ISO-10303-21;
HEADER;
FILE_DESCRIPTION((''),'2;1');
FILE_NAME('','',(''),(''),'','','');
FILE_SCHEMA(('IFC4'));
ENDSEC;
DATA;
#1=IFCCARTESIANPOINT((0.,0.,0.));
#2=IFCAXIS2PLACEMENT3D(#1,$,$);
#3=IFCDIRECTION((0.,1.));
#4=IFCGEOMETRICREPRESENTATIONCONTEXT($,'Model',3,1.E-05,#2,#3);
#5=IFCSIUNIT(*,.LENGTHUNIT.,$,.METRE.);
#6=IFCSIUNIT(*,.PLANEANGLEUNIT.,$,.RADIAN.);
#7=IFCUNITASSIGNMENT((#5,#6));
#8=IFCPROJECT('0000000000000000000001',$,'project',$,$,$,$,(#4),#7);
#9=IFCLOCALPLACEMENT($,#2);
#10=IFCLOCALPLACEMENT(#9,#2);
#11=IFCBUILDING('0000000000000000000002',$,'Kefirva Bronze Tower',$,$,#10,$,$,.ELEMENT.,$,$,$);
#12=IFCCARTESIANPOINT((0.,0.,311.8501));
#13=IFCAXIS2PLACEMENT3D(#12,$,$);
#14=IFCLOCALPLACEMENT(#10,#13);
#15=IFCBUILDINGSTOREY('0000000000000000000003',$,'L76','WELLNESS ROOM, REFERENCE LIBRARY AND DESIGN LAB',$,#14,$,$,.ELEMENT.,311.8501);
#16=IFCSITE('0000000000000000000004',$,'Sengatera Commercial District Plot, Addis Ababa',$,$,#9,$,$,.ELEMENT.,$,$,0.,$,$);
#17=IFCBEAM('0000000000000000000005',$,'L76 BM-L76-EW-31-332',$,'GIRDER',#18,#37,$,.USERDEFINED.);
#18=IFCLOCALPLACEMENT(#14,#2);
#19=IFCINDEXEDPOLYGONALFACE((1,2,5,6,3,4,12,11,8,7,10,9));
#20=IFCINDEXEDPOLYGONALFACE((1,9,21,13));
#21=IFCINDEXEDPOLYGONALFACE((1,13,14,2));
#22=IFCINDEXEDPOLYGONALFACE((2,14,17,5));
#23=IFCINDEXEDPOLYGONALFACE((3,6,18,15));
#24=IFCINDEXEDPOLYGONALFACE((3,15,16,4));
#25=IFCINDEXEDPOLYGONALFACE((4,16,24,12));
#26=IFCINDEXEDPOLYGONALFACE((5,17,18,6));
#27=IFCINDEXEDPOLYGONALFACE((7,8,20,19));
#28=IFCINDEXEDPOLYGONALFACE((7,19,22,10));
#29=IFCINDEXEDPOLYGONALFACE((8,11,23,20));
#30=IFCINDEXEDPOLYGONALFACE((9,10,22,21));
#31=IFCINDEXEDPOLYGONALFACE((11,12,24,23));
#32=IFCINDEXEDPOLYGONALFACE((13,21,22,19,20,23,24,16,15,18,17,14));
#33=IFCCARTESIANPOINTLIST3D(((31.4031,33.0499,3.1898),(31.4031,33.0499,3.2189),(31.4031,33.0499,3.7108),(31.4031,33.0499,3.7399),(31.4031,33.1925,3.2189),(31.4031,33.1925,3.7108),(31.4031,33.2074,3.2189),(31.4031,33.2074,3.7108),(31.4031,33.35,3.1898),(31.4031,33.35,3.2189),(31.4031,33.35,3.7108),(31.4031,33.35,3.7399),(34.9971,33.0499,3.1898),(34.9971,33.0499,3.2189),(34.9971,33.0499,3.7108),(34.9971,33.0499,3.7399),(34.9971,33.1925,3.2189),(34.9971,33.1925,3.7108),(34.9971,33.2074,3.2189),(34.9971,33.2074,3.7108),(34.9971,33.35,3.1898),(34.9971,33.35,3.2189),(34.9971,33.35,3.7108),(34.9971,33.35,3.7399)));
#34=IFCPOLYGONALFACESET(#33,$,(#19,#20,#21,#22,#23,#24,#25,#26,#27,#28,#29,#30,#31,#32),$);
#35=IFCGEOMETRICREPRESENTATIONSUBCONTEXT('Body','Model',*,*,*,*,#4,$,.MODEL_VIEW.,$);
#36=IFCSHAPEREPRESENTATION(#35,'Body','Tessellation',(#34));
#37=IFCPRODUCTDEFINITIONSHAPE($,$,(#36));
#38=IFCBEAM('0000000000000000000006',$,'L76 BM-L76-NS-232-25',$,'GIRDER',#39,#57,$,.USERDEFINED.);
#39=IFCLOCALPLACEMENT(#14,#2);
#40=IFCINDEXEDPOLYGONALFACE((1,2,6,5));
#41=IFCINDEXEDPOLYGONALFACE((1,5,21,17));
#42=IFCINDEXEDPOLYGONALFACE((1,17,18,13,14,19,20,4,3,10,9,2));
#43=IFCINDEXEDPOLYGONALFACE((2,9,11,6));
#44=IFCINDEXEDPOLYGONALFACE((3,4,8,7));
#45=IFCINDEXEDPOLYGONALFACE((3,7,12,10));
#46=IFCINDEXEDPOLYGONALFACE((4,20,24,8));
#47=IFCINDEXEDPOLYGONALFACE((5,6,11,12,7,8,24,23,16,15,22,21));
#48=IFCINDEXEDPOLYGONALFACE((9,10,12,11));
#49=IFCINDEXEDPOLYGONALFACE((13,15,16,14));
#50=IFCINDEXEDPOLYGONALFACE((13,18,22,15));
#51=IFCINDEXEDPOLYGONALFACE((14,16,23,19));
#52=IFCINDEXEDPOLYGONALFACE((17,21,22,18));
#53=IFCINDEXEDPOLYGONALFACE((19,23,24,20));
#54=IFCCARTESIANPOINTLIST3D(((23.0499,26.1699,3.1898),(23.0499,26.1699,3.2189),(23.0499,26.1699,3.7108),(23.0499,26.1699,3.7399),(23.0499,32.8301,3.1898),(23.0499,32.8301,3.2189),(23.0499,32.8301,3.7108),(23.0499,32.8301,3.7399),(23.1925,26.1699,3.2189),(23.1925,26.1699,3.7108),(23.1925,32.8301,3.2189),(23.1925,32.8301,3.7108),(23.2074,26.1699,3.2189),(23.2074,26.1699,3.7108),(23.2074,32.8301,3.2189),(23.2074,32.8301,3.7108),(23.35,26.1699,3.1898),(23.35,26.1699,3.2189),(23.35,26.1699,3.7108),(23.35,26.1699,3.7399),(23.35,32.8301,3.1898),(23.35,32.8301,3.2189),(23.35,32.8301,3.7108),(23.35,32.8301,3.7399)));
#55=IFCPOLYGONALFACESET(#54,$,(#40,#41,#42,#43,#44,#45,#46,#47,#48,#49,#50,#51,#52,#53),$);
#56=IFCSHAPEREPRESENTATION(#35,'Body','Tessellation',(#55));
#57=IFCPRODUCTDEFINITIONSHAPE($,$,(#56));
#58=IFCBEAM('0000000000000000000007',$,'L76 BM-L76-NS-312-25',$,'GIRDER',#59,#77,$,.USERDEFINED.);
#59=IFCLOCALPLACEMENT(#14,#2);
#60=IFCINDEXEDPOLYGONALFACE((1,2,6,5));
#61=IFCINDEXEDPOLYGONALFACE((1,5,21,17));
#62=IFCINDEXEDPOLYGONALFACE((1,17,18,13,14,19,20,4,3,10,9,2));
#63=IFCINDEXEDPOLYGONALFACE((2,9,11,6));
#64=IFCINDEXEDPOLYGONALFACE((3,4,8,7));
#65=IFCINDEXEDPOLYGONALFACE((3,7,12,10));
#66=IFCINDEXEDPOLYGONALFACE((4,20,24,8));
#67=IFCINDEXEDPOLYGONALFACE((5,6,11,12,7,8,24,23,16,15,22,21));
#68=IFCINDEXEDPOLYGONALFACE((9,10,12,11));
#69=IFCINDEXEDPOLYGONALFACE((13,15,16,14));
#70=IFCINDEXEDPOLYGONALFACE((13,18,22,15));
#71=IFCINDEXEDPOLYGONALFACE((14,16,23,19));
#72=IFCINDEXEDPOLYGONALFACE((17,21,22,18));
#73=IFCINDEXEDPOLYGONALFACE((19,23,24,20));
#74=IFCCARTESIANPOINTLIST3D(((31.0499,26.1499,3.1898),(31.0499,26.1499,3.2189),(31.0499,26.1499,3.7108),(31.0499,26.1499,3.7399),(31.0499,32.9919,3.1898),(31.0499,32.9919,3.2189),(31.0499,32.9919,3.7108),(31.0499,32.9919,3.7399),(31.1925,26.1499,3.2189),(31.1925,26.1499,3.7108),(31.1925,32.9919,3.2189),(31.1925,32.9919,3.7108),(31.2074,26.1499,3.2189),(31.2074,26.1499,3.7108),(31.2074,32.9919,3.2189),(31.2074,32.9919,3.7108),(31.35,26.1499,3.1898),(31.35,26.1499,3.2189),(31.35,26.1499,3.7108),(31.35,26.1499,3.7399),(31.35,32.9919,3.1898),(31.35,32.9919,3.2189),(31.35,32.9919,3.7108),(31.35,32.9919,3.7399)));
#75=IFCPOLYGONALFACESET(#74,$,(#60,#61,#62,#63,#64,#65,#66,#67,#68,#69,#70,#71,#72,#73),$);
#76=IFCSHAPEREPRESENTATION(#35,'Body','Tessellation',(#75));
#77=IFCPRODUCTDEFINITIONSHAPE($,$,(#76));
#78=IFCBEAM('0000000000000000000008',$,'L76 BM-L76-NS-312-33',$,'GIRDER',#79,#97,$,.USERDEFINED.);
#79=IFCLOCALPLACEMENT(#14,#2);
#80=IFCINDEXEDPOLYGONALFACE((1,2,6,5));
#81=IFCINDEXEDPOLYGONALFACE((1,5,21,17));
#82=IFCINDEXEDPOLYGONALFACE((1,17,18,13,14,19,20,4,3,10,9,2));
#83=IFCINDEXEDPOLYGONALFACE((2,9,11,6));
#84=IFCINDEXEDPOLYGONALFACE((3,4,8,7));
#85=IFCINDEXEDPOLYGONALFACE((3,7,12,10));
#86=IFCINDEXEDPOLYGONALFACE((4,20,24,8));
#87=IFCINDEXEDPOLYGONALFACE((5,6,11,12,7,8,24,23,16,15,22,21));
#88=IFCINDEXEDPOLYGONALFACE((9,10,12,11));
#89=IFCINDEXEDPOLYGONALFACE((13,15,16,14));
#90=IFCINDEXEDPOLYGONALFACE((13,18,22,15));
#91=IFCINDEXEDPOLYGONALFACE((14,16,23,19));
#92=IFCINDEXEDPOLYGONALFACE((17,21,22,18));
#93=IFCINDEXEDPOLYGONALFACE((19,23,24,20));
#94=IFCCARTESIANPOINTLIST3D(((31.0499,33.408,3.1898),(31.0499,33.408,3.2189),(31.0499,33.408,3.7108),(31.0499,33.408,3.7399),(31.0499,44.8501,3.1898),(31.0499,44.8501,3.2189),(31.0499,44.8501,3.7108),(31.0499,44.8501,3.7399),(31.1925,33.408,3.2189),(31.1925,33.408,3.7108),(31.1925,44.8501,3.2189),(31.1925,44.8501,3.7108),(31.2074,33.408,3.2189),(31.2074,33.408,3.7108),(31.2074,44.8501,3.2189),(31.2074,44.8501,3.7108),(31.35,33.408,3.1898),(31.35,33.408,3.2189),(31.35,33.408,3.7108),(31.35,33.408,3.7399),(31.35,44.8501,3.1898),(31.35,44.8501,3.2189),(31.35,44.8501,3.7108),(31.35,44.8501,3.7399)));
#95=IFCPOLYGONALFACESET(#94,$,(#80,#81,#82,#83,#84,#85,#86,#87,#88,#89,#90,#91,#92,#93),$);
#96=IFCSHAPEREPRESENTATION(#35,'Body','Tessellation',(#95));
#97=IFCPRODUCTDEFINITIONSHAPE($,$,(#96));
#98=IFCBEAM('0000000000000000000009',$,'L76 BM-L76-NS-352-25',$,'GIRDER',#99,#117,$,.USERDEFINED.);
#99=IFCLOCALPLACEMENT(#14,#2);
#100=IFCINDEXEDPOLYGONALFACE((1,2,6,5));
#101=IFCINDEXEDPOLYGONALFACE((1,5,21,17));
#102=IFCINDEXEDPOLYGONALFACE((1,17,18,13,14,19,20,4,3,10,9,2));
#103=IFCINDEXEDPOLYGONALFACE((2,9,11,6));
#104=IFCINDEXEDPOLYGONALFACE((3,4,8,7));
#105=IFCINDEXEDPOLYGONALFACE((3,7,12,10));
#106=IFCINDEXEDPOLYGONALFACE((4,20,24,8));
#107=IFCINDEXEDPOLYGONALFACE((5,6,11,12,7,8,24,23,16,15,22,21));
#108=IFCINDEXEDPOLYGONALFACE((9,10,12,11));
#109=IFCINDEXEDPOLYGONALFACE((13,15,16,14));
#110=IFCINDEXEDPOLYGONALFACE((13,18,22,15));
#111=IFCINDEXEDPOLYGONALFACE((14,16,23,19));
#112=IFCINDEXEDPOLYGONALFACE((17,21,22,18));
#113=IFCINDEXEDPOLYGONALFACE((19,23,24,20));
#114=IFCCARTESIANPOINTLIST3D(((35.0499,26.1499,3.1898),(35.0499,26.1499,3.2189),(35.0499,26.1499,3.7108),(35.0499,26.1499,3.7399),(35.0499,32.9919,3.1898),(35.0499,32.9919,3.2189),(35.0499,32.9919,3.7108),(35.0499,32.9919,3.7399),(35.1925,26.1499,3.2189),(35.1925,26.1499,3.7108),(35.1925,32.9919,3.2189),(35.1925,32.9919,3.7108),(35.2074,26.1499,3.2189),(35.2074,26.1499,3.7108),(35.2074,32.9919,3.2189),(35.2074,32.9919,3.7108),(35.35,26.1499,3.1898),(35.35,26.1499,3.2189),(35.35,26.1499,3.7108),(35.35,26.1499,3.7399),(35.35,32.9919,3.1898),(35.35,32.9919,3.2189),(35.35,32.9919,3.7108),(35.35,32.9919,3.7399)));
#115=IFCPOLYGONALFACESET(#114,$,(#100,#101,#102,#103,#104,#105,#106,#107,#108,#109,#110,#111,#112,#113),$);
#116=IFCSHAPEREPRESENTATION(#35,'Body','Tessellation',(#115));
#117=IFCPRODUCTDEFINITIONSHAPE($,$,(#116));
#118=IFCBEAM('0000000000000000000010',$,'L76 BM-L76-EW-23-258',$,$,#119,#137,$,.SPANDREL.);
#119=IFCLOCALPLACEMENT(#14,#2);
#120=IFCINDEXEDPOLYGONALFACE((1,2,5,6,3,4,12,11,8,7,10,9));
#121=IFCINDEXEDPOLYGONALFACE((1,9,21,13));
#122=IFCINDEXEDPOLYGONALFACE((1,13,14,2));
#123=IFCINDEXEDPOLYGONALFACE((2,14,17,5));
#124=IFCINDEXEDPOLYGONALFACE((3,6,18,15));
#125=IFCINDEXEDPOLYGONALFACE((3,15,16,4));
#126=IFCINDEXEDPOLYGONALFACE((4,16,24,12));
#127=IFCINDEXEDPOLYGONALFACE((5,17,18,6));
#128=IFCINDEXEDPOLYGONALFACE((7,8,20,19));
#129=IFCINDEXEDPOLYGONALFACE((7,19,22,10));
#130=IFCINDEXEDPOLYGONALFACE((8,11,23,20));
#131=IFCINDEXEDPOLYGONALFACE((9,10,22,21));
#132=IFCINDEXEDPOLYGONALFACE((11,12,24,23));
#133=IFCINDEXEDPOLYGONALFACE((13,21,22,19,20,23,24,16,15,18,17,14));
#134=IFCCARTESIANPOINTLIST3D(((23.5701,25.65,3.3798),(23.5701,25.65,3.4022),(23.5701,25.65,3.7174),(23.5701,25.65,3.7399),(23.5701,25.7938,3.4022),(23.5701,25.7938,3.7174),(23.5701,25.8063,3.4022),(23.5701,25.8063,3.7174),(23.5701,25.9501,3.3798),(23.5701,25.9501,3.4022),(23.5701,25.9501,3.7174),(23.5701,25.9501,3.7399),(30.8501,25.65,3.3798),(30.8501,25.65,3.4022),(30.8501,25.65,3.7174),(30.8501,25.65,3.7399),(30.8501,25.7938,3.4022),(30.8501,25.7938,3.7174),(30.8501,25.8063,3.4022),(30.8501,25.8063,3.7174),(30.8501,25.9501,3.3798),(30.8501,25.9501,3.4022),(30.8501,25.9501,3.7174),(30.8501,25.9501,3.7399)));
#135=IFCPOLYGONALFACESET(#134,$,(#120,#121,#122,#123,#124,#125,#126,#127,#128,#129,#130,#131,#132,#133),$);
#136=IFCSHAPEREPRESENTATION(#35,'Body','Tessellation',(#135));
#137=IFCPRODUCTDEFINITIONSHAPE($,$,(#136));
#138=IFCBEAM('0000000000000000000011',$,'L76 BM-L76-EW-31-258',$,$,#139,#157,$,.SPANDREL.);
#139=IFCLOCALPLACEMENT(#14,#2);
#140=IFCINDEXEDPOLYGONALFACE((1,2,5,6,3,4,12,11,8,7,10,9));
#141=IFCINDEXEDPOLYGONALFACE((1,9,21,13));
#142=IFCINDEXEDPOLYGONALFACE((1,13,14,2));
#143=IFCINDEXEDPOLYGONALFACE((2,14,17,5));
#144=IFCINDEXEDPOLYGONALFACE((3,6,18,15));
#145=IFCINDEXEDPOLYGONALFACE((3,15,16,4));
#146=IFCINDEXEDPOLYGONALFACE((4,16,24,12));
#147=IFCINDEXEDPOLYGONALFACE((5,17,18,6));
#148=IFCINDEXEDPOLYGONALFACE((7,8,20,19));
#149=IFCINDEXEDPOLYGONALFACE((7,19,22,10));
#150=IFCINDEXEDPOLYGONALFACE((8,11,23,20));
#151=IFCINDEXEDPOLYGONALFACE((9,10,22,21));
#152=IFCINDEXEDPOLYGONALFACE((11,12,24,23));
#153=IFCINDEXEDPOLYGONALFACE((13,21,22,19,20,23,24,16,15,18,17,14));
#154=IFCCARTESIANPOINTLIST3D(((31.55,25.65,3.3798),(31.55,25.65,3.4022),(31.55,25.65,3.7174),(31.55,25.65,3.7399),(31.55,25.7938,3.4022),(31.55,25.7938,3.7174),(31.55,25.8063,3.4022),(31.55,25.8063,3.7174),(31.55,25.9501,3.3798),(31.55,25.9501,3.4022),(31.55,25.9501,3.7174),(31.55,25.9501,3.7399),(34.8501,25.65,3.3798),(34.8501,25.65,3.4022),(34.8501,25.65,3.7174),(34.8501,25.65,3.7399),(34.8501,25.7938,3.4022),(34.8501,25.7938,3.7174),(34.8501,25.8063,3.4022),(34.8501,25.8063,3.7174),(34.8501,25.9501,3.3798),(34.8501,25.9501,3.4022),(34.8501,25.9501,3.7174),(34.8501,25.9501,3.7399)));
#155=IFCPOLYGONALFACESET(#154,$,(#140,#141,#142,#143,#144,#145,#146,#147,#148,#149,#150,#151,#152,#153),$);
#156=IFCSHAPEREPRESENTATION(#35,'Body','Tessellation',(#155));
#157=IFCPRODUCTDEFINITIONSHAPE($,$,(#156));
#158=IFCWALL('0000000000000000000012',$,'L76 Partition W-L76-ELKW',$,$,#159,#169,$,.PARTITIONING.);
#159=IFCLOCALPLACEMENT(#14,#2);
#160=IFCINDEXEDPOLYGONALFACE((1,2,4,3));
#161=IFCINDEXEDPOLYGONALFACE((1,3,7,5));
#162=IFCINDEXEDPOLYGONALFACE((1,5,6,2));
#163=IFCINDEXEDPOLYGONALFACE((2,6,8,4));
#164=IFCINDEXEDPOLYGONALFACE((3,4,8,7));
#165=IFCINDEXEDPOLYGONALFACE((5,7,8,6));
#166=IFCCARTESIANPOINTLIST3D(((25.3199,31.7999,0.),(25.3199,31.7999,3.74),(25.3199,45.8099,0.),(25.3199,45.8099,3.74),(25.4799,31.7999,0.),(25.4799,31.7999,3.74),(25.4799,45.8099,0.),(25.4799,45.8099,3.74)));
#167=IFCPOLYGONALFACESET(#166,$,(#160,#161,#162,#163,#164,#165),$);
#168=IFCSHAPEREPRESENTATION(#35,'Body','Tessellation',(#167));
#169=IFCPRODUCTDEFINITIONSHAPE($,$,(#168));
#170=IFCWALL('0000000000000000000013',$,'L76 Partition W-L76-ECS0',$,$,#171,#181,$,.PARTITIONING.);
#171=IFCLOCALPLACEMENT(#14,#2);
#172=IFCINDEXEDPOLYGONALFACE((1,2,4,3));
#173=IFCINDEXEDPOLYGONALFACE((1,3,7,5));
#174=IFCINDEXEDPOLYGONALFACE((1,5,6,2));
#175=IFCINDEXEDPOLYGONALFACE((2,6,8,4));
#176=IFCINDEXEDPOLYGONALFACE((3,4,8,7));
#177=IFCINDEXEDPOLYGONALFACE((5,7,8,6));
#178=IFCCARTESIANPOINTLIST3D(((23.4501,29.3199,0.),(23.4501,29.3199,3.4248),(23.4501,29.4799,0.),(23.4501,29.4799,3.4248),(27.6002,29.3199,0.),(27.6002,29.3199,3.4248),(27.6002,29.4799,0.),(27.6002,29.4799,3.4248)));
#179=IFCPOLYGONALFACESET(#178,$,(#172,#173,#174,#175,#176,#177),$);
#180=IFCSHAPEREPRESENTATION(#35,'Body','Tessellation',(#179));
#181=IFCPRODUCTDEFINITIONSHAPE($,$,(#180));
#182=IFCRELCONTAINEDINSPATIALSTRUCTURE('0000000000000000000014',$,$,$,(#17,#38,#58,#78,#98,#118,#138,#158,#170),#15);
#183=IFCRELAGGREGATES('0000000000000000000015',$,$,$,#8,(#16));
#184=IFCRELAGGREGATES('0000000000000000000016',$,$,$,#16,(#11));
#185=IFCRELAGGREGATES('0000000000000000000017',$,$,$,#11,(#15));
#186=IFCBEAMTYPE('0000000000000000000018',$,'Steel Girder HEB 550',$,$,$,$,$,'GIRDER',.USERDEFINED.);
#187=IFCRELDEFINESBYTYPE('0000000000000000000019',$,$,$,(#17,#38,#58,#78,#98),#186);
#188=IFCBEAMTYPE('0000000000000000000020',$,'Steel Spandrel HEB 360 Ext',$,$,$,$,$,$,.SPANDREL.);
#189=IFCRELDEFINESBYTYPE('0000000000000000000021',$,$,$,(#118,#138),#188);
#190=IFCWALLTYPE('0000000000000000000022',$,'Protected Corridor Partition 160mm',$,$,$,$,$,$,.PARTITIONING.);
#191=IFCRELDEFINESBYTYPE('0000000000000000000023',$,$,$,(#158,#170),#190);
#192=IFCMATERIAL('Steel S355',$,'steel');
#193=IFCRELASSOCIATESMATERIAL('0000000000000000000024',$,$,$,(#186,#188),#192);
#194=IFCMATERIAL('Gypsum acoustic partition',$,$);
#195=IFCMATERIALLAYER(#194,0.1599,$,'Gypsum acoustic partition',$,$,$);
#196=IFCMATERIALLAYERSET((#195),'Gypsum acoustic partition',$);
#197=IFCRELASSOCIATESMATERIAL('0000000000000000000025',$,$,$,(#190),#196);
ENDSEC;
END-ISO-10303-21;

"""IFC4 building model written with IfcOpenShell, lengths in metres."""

from ifc_helpers import new_model, si_unit, direction, frame, frame_2d, origin, origin_2d, place, context, subcontext, project, spatial, rectangle, i_section, extrude, material, layer, layer_set, material_profile, profile_set, type_object, element, save


model = new_model("IFC4")

# Units and contexts
model_context = context("Model", 3, precision=1e-05, world=origin(), true_north=direction((0.0, 1.0)))
body_context = subcontext(model_context, "Body", "Model", "MODEL_VIEW")
ifc_project = project(units=[si_unit("LENGTHUNIT", "METRE"), si_unit("PLANEANGLEUNIT", "RADIAN")], contexts=[model_context])

# Site, building, storey
site_placement = place(None, origin())
site = spatial("IfcSite", under=ifc_project, at=site_placement, Name="Sengatera Commercial District Plot, Addis Ababa", CompositionType="ELEMENT", RefElevation=0.0)
building_placement = place(site_placement, origin())
building = spatial("IfcBuilding", under=site, at=building_placement, Name="Kefirva Bronze Tower", CompositionType="ELEMENT")
storey_placement = place(building_placement, frame((0.0, 0.0, 311.8501)))
storey = spatial("IfcBuildingStorey", under=building, at=storey_placement, Name="L76", Description="WELLNESS ROOM, REFERENCE LIBRARY AND DESIGN LAB", CompositionType="ELEMENT", Elevation=311.8501)

# Beams
ifc_material_1 = material(Name="Steel S355", Category="steel")
ifc_material_profile_1 = material_profile(ifc_material_1, i_section(OverallWidth=0.3, OverallDepth=0.55, WebThickness=0.0149, FlangeThickness=0.0291, at=origin_2d()), Name="HEB 550")
ifc_profile_set_1 = profile_set([ifc_material_profile_1], Name="Steel S355")
beam_type_1 = type_object("IfcBeamType", Name="Steel Girder HEB 550", ElementType="GIRDER", PredefinedType="USERDEFINED", material=ifc_profile_set_1)
beam_1_placement = place(storey_placement, frame((31.4031, 33.2, 3.4648), z_axis=(1.0, 0.0, 0.0), x_axis=(0.0, 1.0, 0.0)))
element("IfcBeam", 1, at=beam_1_placement, inside=storey, type_object=beam_type_1, Name="L76 BM-L76-EW-31-332", ObjectType="GIRDER", PredefinedType="USERDEFINED", context=body_context, shape_type="SweptSolid", body=[
    extrude(i_section(OverallWidth=0.3, OverallDepth=0.55, WebThickness=0.0149, FlangeThickness=0.0291, at=origin_2d()), origin(), (0.0, 0.0, 1.0), 3.594),
])
beam_2_placement = place(storey_placement, frame((23.2, 26.1699, 3.4648), z_axis=(0.0, 1.0, 0.0), x_axis=(-1.0, 0.0, 0.0)))
element("IfcBeam", 2, at=beam_2_placement, inside=storey, type_object=beam_type_1, Name="L76 BM-L76-NS-232-25", ObjectType="GIRDER", PredefinedType="USERDEFINED", context=body_context, shape_type="SweptSolid", body=[
    extrude(i_section(OverallWidth=0.3, OverallDepth=0.55, WebThickness=0.0149, FlangeThickness=0.0291, at=origin_2d()), origin(), (0.0, 0.0, 1.0), 6.6602),
])
beam_3_placement = place(storey_placement, frame((31.2, 26.1499, 3.4648), z_axis=(0.0, 1.0, 0.0), x_axis=(-1.0, 0.0, 0.0)))
element("IfcBeam", 3, at=beam_3_placement, inside=storey, type_object=beam_type_1, Name="L76 BM-L76-NS-312-25", ObjectType="GIRDER", PredefinedType="USERDEFINED", context=body_context, shape_type="SweptSolid", body=[
    extrude(i_section(OverallWidth=0.3, OverallDepth=0.55, WebThickness=0.0149, FlangeThickness=0.0291, at=origin_2d()), origin(), (0.0, 0.0, 1.0), 6.842),
])
beam_4_placement = place(storey_placement, frame((31.2, 33.408, 3.4648), z_axis=(0.0, 1.0, 0.0), x_axis=(-1.0, 0.0, 0.0)))
element("IfcBeam", 4, at=beam_4_placement, inside=storey, type_object=beam_type_1, Name="L76 BM-L76-NS-312-33", ObjectType="GIRDER", PredefinedType="USERDEFINED", context=body_context, shape_type="SweptSolid", body=[
    extrude(i_section(OverallWidth=0.3, OverallDepth=0.55, WebThickness=0.0149, FlangeThickness=0.0291, at=origin_2d()), origin(), (0.0, 0.0, 1.0), 11.4421),
])
beam_5_placement = place(storey_placement, frame((35.2, 26.1499, 3.4648), z_axis=(0.0, 1.0, 0.0), x_axis=(-1.0, 0.0, 0.0)))
element("IfcBeam", 5, at=beam_5_placement, inside=storey, type_object=beam_type_1, Name="L76 BM-L76-NS-352-25", ObjectType="GIRDER", PredefinedType="USERDEFINED", context=body_context, shape_type="SweptSolid", body=[
    extrude(i_section(OverallWidth=0.3, OverallDepth=0.55, WebThickness=0.0149, FlangeThickness=0.0291, at=origin_2d()), origin(), (0.0, 0.0, 1.0), 6.842),
])
ifc_material_profile_2 = material_profile(ifc_material_1, i_section(OverallWidth=0.3, OverallDepth=0.3601, WebThickness=0.0125, FlangeThickness=0.0225, at=origin_2d()), Name="HEB 360")
ifc_profile_set_2 = profile_set([ifc_material_profile_2], Name="Steel S355")
beam_type_2 = type_object("IfcBeamType", Name="Steel Spandrel HEB 360 Ext", PredefinedType="SPANDREL", material=ifc_profile_set_2)
beam_6_placement = place(storey_placement, frame((23.5701, 25.8, 3.5598), z_axis=(1.0, 0.0, 0.0), x_axis=(0.0, 1.0, 0.0)))
element("IfcBeam", 6, at=beam_6_placement, inside=storey, type_object=beam_type_2, Name="L76 BM-L76-EW-23-258", PredefinedType="SPANDREL", context=body_context, shape_type="SweptSolid", body=[
    extrude(i_section(OverallWidth=0.3, OverallDepth=0.3601, WebThickness=0.0125, FlangeThickness=0.0225, at=origin_2d()), origin(), (0.0, 0.0, 1.0), 7.28),
])
beam_7_placement = place(storey_placement, frame((31.55, 25.8, 3.5598), z_axis=(1.0, 0.0, 0.0), x_axis=(0.0, 1.0, 0.0)))
element("IfcBeam", 7, at=beam_7_placement, inside=storey, type_object=beam_type_2, Name="L76 BM-L76-EW-31-258", PredefinedType="SPANDREL", context=body_context, shape_type="SweptSolid", body=[
    extrude(i_section(OverallWidth=0.3, OverallDepth=0.3601, WebThickness=0.0125, FlangeThickness=0.0225, at=origin_2d()), origin(), (0.0, 0.0, 1.0), 3.3),
])

# Walls
ifc_material_2 = material(Name="Gypsum acoustic partition")
ifc_layer = layer(ifc_material_2, 0.1599, Name="Gypsum acoustic partition")
ifc_layer_set = layer_set([ifc_layer], Name="Gypsum acoustic partition")
wall_type = type_object("IfcWallType", Name="Protected Corridor Partition 160mm", PredefinedType="PARTITIONING", material=ifc_layer_set)
wall_1_placement = place(storey_placement, frame((25.3999, 31.8, 0.0), z_axis=(0.0, 0.0, 1.0), x_axis=(0.0, 1.0, 0.0)))
element("IfcWall", 8, at=wall_1_placement, inside=storey, type_object=wall_type, Name="L76 Partition W-L76-ELKW", PredefinedType="PARTITIONING", context=body_context, shape_type="SweptSolid", body=[
    extrude(rectangle(XDim=14.01, YDim=0.1599, at=frame_2d((7.0049, 0.0))), origin(), (0.0, 0.0, 1.0), 3.74),
])
wall_2_placement = place(storey_placement, frame((23.45, 29.3999, 0.0), z_axis=(0.0, 0.0, 1.0), x_axis=(1.0, 0.0, 0.0)))
element("IfcWall", 9, at=wall_2_placement, inside=storey, type_object=wall_type, Name="L76 Partition W-L76-ECS0", PredefinedType="PARTITIONING", context=body_context, shape_type="SweptSolid", body=[
    extrude(rectangle(XDim=4.1501, YDim=0.1599, at=frame_2d((2.0752, 0.0))), origin(), (0.0, 0.0, 1.0), 3.4248),
])

save(model, "model.ifc")
